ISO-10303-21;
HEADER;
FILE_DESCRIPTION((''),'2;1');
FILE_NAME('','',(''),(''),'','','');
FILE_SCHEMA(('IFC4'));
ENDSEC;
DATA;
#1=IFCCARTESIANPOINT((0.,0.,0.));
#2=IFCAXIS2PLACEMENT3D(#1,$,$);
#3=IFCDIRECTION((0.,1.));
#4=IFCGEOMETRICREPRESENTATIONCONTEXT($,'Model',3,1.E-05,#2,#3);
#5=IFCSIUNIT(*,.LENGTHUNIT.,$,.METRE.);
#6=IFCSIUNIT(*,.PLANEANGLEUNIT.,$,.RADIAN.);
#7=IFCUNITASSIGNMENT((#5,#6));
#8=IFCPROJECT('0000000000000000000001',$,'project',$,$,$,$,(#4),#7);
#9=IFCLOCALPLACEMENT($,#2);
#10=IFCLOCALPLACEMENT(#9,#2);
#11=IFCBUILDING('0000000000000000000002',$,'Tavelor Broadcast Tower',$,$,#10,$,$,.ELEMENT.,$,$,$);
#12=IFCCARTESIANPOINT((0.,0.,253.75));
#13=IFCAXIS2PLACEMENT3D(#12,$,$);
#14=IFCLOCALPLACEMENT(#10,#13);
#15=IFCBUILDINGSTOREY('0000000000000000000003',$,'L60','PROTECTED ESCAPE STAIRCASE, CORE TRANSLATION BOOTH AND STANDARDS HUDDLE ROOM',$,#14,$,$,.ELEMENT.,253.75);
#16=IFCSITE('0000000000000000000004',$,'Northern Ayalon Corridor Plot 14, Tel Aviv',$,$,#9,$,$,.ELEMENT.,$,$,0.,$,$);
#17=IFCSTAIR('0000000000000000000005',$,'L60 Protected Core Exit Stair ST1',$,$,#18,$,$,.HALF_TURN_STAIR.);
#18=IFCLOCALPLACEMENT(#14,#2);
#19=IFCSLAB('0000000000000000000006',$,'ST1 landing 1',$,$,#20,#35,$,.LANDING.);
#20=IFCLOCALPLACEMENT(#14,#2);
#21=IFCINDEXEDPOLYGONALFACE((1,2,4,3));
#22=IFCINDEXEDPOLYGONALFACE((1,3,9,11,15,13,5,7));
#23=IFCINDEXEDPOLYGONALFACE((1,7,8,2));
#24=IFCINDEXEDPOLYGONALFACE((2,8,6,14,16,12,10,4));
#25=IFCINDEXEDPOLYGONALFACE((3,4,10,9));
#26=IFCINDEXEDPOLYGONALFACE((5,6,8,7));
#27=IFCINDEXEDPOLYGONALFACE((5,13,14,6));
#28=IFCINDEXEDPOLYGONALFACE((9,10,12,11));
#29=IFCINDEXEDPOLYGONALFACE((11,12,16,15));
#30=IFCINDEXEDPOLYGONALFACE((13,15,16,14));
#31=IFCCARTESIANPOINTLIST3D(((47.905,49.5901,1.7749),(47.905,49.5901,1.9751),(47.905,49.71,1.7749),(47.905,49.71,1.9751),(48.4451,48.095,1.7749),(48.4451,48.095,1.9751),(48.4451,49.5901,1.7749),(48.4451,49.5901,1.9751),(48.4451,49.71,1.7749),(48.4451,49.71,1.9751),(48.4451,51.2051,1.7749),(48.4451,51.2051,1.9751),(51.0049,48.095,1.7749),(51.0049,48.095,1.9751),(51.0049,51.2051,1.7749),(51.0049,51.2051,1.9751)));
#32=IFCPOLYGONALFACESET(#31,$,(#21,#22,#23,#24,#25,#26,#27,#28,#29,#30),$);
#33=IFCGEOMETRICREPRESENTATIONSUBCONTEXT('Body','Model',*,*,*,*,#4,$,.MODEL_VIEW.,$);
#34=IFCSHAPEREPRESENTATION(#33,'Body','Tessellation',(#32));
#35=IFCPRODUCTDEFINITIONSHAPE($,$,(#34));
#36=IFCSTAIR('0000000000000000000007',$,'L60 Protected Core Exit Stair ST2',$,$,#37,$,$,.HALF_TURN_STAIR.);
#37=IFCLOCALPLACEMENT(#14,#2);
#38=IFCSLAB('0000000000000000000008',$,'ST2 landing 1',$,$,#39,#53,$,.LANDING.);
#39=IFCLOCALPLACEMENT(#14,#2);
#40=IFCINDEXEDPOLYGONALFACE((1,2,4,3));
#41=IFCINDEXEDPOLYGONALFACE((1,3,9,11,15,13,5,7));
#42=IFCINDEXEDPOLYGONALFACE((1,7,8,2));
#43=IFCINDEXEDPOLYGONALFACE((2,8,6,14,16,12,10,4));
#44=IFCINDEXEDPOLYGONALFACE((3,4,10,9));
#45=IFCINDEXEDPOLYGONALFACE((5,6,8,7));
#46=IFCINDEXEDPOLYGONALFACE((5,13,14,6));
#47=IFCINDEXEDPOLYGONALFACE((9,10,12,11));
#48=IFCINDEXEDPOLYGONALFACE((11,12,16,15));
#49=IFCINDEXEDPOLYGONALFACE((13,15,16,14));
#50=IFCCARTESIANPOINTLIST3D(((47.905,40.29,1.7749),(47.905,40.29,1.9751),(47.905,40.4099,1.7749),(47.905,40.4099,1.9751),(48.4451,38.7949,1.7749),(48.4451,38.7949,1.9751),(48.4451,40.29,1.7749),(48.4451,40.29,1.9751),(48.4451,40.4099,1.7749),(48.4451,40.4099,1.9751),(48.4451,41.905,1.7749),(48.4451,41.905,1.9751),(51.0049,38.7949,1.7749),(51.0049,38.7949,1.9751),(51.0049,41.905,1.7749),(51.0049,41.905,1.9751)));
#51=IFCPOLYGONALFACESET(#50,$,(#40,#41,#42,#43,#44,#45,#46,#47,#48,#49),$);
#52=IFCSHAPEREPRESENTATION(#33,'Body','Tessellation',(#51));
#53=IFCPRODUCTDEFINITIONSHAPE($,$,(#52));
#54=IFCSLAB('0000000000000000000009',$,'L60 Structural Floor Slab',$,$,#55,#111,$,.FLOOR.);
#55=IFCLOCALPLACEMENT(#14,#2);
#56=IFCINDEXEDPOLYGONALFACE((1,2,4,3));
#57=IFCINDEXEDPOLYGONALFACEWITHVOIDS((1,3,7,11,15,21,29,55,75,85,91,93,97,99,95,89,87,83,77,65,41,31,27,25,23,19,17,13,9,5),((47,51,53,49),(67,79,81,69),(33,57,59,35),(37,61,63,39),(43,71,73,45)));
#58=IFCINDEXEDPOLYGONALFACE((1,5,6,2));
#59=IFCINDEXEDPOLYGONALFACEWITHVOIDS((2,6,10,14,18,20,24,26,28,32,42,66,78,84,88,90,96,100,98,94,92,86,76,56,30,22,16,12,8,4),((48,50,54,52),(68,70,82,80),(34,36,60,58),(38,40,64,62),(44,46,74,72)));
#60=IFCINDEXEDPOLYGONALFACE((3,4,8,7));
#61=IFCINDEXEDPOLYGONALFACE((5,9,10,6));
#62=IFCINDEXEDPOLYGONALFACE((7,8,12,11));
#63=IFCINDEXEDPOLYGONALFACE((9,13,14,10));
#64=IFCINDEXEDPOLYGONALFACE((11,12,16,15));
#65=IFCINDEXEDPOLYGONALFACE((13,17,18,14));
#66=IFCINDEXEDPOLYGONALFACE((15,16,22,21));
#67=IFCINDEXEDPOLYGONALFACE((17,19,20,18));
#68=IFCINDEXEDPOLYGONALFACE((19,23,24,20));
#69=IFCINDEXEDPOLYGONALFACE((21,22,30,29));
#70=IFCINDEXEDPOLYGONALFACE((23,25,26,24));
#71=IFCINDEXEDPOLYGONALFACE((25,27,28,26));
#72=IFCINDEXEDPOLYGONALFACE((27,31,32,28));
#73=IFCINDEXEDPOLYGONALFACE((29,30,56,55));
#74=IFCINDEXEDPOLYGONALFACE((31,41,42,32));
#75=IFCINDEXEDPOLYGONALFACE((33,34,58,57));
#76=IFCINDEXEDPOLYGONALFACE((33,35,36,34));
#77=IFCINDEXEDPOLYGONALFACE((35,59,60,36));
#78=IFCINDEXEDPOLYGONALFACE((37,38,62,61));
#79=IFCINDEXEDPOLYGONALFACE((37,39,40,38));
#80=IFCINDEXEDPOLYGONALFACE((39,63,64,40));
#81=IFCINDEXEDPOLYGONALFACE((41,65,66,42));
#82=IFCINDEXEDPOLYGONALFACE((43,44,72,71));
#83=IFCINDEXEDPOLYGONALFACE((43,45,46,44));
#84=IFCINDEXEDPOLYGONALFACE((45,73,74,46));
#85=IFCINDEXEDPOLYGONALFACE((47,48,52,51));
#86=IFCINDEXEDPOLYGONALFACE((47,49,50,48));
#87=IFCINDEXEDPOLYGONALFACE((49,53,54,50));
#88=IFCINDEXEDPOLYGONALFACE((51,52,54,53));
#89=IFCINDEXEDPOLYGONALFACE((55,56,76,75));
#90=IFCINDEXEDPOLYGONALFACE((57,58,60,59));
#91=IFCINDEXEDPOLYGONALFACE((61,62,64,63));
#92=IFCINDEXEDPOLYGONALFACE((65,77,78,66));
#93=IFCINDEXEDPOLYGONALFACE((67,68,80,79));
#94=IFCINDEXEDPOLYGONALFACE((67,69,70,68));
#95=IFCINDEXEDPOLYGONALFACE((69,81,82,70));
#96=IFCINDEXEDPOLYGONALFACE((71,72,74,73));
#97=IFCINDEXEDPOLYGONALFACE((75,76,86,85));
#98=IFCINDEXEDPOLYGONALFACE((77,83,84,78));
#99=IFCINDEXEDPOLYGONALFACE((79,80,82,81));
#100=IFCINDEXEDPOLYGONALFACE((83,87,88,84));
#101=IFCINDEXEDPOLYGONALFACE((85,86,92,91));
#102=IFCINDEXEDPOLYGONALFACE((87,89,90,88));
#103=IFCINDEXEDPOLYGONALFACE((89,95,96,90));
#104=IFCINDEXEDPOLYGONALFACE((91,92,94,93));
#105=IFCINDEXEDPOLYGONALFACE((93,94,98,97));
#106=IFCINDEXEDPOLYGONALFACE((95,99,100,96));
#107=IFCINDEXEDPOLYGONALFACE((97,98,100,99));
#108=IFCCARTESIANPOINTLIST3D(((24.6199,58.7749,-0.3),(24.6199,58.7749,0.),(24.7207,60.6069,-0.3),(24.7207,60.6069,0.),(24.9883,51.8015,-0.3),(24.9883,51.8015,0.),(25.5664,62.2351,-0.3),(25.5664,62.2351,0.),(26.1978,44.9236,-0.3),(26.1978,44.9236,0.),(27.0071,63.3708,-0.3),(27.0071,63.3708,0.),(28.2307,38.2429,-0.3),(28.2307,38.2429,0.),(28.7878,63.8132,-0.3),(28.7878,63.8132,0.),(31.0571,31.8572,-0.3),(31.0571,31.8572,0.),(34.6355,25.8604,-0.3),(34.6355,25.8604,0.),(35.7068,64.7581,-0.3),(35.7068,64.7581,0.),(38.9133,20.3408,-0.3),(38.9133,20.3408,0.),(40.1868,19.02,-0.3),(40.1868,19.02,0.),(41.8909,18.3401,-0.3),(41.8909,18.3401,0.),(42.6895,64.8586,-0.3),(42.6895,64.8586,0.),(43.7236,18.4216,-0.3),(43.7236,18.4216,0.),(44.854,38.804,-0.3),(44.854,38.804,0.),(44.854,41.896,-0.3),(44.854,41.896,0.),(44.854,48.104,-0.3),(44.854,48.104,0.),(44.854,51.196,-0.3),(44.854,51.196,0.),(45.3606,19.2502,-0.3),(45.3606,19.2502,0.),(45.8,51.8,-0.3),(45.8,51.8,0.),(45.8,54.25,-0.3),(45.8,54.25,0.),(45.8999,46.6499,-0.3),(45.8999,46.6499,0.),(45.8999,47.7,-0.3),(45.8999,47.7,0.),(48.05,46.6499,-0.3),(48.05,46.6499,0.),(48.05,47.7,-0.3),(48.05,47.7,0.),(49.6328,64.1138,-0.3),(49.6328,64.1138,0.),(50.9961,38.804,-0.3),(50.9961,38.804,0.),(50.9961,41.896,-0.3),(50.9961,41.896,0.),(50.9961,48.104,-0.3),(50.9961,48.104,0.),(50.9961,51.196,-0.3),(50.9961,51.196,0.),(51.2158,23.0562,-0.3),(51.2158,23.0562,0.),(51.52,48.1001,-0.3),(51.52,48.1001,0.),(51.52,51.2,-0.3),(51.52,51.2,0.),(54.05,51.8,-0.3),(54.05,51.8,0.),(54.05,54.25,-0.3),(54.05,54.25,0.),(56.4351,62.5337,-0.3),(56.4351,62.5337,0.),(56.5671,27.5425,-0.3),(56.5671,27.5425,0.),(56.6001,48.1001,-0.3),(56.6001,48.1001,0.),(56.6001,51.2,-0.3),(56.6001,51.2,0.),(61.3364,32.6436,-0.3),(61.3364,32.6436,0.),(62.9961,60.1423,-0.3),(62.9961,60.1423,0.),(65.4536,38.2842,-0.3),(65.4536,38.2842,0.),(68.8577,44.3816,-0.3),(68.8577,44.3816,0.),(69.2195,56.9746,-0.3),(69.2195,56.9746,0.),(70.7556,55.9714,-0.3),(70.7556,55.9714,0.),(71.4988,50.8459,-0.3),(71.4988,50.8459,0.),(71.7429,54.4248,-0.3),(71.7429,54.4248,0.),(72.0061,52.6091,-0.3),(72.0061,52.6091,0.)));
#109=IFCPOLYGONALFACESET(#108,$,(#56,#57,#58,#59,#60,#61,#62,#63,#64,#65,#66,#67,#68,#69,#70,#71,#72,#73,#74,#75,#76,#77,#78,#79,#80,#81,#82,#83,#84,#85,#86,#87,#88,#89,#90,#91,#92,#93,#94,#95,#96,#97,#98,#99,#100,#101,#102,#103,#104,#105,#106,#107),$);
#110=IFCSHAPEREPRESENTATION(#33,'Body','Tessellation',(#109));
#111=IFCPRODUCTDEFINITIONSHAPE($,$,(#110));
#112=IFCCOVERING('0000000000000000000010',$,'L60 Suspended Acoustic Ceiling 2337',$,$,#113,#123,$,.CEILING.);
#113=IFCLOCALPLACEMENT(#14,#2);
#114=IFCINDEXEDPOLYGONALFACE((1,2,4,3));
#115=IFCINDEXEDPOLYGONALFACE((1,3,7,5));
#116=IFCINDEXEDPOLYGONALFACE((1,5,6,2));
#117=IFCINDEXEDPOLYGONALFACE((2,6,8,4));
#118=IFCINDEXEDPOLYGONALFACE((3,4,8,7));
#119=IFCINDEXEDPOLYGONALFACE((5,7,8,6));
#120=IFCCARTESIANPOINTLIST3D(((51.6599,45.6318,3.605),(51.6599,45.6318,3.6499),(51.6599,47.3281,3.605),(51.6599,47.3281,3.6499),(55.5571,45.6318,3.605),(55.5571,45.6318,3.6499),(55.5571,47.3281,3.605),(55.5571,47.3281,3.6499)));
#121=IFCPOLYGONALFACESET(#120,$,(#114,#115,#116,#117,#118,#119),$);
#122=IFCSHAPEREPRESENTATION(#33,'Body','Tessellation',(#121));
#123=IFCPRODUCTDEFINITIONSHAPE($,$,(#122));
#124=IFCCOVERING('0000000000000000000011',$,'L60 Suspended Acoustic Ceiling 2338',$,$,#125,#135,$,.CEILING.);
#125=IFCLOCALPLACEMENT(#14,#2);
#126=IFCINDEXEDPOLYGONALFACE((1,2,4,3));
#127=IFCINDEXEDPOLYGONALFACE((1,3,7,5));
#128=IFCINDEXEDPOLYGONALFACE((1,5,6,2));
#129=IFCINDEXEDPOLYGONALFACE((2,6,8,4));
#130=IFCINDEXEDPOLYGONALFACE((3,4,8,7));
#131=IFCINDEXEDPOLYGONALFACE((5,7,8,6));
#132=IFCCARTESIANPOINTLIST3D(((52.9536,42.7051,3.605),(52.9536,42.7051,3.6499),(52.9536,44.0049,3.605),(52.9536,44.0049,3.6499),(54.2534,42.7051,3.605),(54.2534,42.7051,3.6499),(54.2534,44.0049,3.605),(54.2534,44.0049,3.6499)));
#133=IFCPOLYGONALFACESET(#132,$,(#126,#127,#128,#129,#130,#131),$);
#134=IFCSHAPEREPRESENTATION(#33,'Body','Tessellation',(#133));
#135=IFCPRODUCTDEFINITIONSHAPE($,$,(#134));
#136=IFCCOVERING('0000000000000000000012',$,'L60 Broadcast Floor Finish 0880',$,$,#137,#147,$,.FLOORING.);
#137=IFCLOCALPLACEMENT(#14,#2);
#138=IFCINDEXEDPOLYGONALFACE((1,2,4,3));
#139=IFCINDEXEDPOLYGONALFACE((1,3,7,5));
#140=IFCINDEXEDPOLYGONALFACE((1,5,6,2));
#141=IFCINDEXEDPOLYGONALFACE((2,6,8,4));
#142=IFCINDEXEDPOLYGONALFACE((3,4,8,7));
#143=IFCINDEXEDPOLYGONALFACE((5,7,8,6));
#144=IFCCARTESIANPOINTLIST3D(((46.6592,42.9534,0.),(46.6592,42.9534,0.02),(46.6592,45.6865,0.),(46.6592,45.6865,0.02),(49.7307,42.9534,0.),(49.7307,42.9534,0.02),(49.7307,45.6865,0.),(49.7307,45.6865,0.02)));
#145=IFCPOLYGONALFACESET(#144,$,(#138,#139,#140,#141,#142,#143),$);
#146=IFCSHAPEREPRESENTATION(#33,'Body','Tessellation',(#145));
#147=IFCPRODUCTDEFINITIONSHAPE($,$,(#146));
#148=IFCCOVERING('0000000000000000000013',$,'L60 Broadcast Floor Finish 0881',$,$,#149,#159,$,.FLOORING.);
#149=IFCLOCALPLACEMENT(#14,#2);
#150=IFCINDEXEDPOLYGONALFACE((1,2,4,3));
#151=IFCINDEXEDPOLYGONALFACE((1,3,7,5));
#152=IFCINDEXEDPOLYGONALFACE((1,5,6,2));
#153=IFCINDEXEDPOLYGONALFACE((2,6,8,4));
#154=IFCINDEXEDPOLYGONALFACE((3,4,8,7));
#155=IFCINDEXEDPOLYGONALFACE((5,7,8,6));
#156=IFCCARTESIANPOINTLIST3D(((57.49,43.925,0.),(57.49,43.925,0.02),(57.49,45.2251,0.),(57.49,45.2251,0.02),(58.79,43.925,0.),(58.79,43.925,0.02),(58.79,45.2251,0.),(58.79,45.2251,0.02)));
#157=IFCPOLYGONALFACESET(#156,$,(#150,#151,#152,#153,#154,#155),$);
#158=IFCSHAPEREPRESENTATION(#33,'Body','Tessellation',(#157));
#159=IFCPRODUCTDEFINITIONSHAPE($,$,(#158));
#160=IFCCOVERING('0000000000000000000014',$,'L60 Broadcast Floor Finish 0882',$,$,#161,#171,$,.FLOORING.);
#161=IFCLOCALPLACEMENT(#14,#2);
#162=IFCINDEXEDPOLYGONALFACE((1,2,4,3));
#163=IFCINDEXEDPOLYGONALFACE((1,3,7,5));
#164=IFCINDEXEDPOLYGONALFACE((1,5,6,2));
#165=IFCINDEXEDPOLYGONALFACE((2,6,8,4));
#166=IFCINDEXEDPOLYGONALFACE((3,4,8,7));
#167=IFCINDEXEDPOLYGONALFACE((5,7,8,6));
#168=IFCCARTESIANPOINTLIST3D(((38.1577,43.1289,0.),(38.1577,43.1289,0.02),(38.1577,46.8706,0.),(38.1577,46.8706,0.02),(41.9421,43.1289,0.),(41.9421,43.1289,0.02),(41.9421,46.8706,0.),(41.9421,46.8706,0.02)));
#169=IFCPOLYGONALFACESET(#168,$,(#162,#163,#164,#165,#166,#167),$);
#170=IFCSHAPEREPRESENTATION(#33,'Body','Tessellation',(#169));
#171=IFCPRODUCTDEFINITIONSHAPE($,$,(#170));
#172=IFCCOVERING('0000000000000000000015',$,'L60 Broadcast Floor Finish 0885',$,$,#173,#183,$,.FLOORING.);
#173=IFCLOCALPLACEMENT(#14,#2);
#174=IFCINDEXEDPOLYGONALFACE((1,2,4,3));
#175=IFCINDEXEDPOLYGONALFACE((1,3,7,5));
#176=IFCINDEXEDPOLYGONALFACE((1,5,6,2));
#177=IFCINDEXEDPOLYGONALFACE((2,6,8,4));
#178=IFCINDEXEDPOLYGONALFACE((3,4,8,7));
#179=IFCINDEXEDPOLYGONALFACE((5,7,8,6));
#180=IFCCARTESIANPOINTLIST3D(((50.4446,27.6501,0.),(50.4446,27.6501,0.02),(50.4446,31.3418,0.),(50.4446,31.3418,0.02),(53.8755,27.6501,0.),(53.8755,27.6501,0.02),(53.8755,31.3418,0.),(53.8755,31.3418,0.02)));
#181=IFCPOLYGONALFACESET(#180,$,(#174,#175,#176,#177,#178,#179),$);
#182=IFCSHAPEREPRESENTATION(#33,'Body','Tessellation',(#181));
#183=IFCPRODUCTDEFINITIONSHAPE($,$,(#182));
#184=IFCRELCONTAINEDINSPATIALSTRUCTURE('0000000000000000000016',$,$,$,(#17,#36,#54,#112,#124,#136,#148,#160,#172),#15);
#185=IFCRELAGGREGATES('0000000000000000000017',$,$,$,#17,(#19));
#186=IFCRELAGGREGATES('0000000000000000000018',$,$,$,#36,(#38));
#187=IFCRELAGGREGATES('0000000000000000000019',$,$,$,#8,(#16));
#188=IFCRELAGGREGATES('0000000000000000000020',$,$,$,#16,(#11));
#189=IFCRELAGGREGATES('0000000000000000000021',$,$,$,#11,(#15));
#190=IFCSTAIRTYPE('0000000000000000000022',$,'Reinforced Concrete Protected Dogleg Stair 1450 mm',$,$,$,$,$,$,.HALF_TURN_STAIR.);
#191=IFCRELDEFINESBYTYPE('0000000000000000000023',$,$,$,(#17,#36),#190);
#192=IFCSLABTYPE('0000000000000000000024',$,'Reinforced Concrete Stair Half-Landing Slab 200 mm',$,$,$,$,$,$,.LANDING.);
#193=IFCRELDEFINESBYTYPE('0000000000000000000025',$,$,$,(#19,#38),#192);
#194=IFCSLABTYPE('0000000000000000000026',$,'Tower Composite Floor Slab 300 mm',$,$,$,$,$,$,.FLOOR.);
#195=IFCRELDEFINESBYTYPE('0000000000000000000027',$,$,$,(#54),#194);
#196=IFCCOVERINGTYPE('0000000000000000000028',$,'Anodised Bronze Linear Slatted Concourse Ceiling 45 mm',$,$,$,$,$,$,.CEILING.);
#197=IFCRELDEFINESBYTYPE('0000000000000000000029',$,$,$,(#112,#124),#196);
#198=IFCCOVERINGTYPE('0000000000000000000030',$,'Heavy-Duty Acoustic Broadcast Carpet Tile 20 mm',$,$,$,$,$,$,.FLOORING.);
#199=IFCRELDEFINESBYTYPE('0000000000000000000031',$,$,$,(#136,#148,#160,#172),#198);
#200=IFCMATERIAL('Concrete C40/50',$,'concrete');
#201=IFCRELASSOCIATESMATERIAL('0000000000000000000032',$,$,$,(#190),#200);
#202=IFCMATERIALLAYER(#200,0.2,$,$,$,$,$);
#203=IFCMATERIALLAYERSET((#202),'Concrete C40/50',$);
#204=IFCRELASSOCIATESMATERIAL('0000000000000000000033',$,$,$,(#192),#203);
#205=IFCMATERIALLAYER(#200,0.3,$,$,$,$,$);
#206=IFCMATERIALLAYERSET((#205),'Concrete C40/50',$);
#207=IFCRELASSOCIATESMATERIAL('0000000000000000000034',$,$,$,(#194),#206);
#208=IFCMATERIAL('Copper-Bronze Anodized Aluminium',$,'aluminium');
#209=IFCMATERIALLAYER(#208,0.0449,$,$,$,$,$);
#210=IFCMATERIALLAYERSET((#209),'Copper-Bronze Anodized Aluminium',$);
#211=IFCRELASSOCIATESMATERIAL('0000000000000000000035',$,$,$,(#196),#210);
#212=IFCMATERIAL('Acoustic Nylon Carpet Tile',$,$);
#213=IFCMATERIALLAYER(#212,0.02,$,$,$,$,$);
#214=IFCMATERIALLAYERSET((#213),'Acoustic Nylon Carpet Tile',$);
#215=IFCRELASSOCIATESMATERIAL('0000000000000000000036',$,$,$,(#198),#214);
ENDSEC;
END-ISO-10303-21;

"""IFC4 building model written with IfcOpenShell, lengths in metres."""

from ifc_helpers import new_model, si_unit, direction, frame, origin, place, context, subcontext, project, spatial, polyline, outline, extrude, material, layer, layer_set, type_object, element, aggregate, save


model = new_model("IFC4")

# Units and contexts
model_context = context("Model", 3, precision=1e-05, world=origin(), true_north=direction((0.0, 1.0)))
body_context = subcontext(model_context, "Body", "Model", "MODEL_VIEW")
ifc_project = project(units=[si_unit("LENGTHUNIT", "METRE"), si_unit("PLANEANGLEUNIT", "RADIAN")], contexts=[model_context])

# Site, building, storey
site_placement = place(None, origin())
site = spatial("IfcSite", under=ifc_project, at=site_placement, Name="Northern Ayalon Corridor Plot 14, Tel Aviv", CompositionType="ELEMENT", RefElevation=0.0)
building_placement = place(site_placement, origin())
building = spatial("IfcBuilding", under=site, at=building_placement, Name="Tavelor Broadcast Tower", CompositionType="ELEMENT")
storey_placement = place(building_placement, frame((0.0, 0.0, 253.75)))
storey = spatial("IfcBuildingStorey", under=building, at=storey_placement, Name="L60", Description="PROTECTED ESCAPE STAIRCASE, CORE TRANSLATION BOOTH AND STANDARDS HUDDLE ROOM", CompositionType="ELEMENT", Elevation=253.75)

# Stairs, slabs
ifc_material_1 = material(Name="Concrete C40/50", Category="concrete")
stair_type = type_object("IfcStairType", Name="Reinforced Concrete Protected Dogleg Stair 1450 mm", PredefinedType="HALF_TURN_STAIR", material=ifc_material_1)
stair_1_placement = place(storey_placement, origin())
stair_1 = element("IfcStair", 1, at=stair_1_placement, inside=storey, type_object=stair_type, Name="L60 Protected Core Exit Stair ST1", PredefinedType="HALF_TURN_STAIR")
ifc_layer_1 = layer(ifc_material_1, 0.2)
ifc_layer_set_1 = layer_set([ifc_layer_1], Name="Concrete C40/50")
slab_type_1 = type_object("IfcSlabType", Name="Reinforced Concrete Stair Half-Landing Slab 200 mm", PredefinedType="LANDING", material=ifc_layer_set_1)
slab_1_placement = place(storey_placement, frame((0.0, 0.0, 1.7749)))
slab_1 = element("IfcSlab", 2, at=slab_1_placement, type_object=slab_type_1, Name="ST1 landing 1", PredefinedType="LANDING", context=body_context, shape_type="SweptSolid", body=[
    extrude(outline(polyline([(48.4451, 49.5901), (48.4451, 48.095), (51.0049, 48.095), (51.0049, 51.2051), (48.4451, 51.2051), (48.4451, 49.71), (47.905, 49.71), (47.905, 49.5901), (48.4451, 49.5901)])), origin(), (0.0, 0.0, 1.0), 0.2002),
])
aggregate(stair_1, [slab_1])
stair_2_placement = place(storey_placement, origin())
stair_2 = element("IfcStair", 3, at=stair_2_placement, inside=storey, type_object=stair_type, Name="L60 Protected Core Exit Stair ST2", PredefinedType="HALF_TURN_STAIR")
slab_2_placement = place(storey_placement, frame((0.0, 0.0, 1.7749)))
slab_2 = element("IfcSlab", 4, at=slab_2_placement, type_object=slab_type_1, Name="ST2 landing 1", PredefinedType="LANDING", context=body_context, shape_type="SweptSolid", body=[
    extrude(outline(polyline([(48.4451, 40.29), (48.4451, 38.7949), (51.0049, 38.7949), (51.0049, 41.905), (48.4451, 41.905), (48.4451, 40.4099), (47.905, 40.4099), (47.905, 40.29), (48.4451, 40.29)])), origin(), (0.0, 0.0, 1.0), 0.2002),
])
aggregate(stair_2, [slab_2])

# Slab
ifc_layer_2 = layer(ifc_material_1, 0.3)
ifc_layer_set_2 = layer_set([ifc_layer_2], Name="Concrete C40/50")
slab_type_2 = type_object("IfcSlabType", Name="Tower Composite Floor Slab 300 mm", PredefinedType="FLOOR", material=ifc_layer_set_2)
slab_3_placement = place(storey_placement, frame((0.0, 0.0, -0.3)))
element("IfcSlab", 5, at=slab_3_placement, inside=storey, type_object=slab_type_2, Name="L60 Structural Floor Slab", PredefinedType="FLOOR", context=body_context, shape_type="SweptSolid", body=[
    extrude(outline(polyline([(28.7878, 63.8132), (27.0071, 63.3708), (25.5664, 62.2351), (24.7207, 60.6069), (24.6199, 58.7749), (24.9883, 51.8015), (26.1978, 44.9236), (28.2307, 38.2429), (31.0571, 31.8572), (34.6355, 25.8604), (38.9133, 20.3408), (40.1868, 19.02), (41.8909, 18.3401), (43.7236, 18.4216), (45.3606, 19.2502), (51.2158, 23.0562), (56.5671, 27.5425), (61.3364, 32.6436), (65.4536, 38.2842), (68.8577, 44.3816), (71.4988, 50.8459), (72.0061, 52.6091), (71.7429, 54.4248), (70.7556, 55.9714), (69.2195, 56.9746), (62.9961, 60.1423), (56.4351, 62.5337), (49.6328, 64.1138), (42.6895, 64.8586), (35.7068, 64.7581), (28.7878, 63.8132)]), holes=[polyline([(50.9961, 41.896), (50.9961, 38.804), (44.854, 38.804), (44.854, 41.896), (50.9961, 41.896)]), polyline([(48.05, 47.7), (48.05, 46.6499), (45.8999, 46.6499), (45.8999, 47.7), (48.05, 47.7)]), polyline([(50.9961, 51.196), (50.9961, 48.104), (44.854, 48.104), (44.854, 51.196), (50.9961, 51.196)]), polyline([(56.6001, 48.1001), (51.52, 48.1001), (51.52, 51.2), (56.6001, 51.2), (56.6001, 48.1001)]), polyline([(54.05, 51.8), (45.8, 51.8), (45.8, 54.25), (54.05, 54.25), (54.05, 51.8)])]), origin(), (0.0, 0.0, 1.0), 0.3),
])

# Coverings
ifc_material_2 = material(Name="Copper-Bronze Anodized Aluminium", Category="aluminium")
ifc_layer_3 = layer(ifc_material_2, 0.0449)
ifc_layer_set_3 = layer_set([ifc_layer_3], Name="Copper-Bronze Anodized Aluminium")
covering_type_1 = type_object("IfcCoveringType", Name="Anodised Bronze Linear Slatted Concourse Ceiling 45 mm", PredefinedType="CEILING", material=ifc_layer_set_3)
covering_1_placement = place(storey_placement, frame((0.0, 0.0, 3.605)))
element("IfcCovering", 6, at=covering_1_placement, inside=storey, type_object=covering_type_1, Name="L60 Suspended Acoustic Ceiling 2337", PredefinedType="CEILING", context=body_context, shape_type="SweptSolid", body=[
    extrude(outline(polyline([(51.6599, 45.6318), (55.5571, 45.6318), (55.5571, 47.3281), (51.6599, 47.3281), (51.6599, 45.6318)])), origin(), (0.0, 0.0, 1.0), 0.0449),
])
covering_2_placement = place(storey_placement, frame((0.0, 0.0, 3.605)))
element("IfcCovering", 7, at=covering_2_placement, inside=storey, type_object=covering_type_1, Name="L60 Suspended Acoustic Ceiling 2338", PredefinedType="CEILING", context=body_context, shape_type="SweptSolid", body=[
    extrude(outline(polyline([(52.9536, 42.7051), (54.2534, 42.7051), (54.2534, 44.0049), (52.9536, 44.0049), (52.9536, 42.7051)])), origin(), (0.0, 0.0, 1.0), 0.0449),
])
ifc_material_3 = material(Name="Acoustic Nylon Carpet Tile")
ifc_layer_4 = layer(ifc_material_3, 0.02)
ifc_layer_set_4 = layer_set([ifc_layer_4], Name="Acoustic Nylon Carpet Tile")
covering_type_2 = type_object("IfcCoveringType", Name="Heavy-Duty Acoustic Broadcast Carpet Tile 20 mm", PredefinedType="FLOORING", material=ifc_layer_set_4)
covering_3_placement = place(storey_placement, origin())
element("IfcCovering", 8, at=covering_3_placement, inside=storey, type_object=covering_type_2, Name="L60 Broadcast Floor Finish 0880", PredefinedType="FLOORING", context=body_context, shape_type="SweptSolid", body=[
    extrude(outline(polyline([(46.6592, 42.9534), (49.7307, 42.9534), (49.7307, 45.6865), (46.6592, 45.6865), (46.6592, 42.9534)])), origin(), (0.0, 0.0, 1.0), 0.02),
])
covering_4_placement = place(storey_placement, origin())
element("IfcCovering", 9, at=covering_4_placement, inside=storey, type_object=covering_type_2, Name="L60 Broadcast Floor Finish 0881", PredefinedType="FLOORING", context=body_context, shape_type="SweptSolid", body=[
    extrude(outline(polyline([(57.49, 43.925), (58.79, 43.925), (58.79, 45.2251), (57.49, 45.2251), (57.49, 43.925)])), origin(), (0.0, 0.0, 1.0), 0.02),
])
covering_5_placement = place(storey_placement, origin())
element("IfcCovering", 10, at=covering_5_placement, inside=storey, type_object=covering_type_2, Name="L60 Broadcast Floor Finish 0882", PredefinedType="FLOORING", context=body_context, shape_type="SweptSolid", body=[
    extrude(outline(polyline([(38.1577, 43.1289), (41.9421, 43.1289), (41.9421, 46.8706), (38.1577, 46.8706), (38.1577, 43.1289)])), origin(), (0.0, 0.0, 1.0), 0.02),
])
covering_6_placement = place(storey_placement, origin())
element("IfcCovering", 11, at=covering_6_placement, inside=storey, type_object=covering_type_2, Name="L60 Broadcast Floor Finish 0885", PredefinedType="FLOORING", context=body_context, shape_type="SweptSolid", body=[
    extrude(outline(polyline([(50.4446, 27.6501), (53.8755, 27.6501), (53.8755, 31.3418), (50.4446, 31.3418), (50.4446, 27.6501)])), origin(), (0.0, 0.0, 1.0), 0.02),
])

save(model, "model.ifc")
